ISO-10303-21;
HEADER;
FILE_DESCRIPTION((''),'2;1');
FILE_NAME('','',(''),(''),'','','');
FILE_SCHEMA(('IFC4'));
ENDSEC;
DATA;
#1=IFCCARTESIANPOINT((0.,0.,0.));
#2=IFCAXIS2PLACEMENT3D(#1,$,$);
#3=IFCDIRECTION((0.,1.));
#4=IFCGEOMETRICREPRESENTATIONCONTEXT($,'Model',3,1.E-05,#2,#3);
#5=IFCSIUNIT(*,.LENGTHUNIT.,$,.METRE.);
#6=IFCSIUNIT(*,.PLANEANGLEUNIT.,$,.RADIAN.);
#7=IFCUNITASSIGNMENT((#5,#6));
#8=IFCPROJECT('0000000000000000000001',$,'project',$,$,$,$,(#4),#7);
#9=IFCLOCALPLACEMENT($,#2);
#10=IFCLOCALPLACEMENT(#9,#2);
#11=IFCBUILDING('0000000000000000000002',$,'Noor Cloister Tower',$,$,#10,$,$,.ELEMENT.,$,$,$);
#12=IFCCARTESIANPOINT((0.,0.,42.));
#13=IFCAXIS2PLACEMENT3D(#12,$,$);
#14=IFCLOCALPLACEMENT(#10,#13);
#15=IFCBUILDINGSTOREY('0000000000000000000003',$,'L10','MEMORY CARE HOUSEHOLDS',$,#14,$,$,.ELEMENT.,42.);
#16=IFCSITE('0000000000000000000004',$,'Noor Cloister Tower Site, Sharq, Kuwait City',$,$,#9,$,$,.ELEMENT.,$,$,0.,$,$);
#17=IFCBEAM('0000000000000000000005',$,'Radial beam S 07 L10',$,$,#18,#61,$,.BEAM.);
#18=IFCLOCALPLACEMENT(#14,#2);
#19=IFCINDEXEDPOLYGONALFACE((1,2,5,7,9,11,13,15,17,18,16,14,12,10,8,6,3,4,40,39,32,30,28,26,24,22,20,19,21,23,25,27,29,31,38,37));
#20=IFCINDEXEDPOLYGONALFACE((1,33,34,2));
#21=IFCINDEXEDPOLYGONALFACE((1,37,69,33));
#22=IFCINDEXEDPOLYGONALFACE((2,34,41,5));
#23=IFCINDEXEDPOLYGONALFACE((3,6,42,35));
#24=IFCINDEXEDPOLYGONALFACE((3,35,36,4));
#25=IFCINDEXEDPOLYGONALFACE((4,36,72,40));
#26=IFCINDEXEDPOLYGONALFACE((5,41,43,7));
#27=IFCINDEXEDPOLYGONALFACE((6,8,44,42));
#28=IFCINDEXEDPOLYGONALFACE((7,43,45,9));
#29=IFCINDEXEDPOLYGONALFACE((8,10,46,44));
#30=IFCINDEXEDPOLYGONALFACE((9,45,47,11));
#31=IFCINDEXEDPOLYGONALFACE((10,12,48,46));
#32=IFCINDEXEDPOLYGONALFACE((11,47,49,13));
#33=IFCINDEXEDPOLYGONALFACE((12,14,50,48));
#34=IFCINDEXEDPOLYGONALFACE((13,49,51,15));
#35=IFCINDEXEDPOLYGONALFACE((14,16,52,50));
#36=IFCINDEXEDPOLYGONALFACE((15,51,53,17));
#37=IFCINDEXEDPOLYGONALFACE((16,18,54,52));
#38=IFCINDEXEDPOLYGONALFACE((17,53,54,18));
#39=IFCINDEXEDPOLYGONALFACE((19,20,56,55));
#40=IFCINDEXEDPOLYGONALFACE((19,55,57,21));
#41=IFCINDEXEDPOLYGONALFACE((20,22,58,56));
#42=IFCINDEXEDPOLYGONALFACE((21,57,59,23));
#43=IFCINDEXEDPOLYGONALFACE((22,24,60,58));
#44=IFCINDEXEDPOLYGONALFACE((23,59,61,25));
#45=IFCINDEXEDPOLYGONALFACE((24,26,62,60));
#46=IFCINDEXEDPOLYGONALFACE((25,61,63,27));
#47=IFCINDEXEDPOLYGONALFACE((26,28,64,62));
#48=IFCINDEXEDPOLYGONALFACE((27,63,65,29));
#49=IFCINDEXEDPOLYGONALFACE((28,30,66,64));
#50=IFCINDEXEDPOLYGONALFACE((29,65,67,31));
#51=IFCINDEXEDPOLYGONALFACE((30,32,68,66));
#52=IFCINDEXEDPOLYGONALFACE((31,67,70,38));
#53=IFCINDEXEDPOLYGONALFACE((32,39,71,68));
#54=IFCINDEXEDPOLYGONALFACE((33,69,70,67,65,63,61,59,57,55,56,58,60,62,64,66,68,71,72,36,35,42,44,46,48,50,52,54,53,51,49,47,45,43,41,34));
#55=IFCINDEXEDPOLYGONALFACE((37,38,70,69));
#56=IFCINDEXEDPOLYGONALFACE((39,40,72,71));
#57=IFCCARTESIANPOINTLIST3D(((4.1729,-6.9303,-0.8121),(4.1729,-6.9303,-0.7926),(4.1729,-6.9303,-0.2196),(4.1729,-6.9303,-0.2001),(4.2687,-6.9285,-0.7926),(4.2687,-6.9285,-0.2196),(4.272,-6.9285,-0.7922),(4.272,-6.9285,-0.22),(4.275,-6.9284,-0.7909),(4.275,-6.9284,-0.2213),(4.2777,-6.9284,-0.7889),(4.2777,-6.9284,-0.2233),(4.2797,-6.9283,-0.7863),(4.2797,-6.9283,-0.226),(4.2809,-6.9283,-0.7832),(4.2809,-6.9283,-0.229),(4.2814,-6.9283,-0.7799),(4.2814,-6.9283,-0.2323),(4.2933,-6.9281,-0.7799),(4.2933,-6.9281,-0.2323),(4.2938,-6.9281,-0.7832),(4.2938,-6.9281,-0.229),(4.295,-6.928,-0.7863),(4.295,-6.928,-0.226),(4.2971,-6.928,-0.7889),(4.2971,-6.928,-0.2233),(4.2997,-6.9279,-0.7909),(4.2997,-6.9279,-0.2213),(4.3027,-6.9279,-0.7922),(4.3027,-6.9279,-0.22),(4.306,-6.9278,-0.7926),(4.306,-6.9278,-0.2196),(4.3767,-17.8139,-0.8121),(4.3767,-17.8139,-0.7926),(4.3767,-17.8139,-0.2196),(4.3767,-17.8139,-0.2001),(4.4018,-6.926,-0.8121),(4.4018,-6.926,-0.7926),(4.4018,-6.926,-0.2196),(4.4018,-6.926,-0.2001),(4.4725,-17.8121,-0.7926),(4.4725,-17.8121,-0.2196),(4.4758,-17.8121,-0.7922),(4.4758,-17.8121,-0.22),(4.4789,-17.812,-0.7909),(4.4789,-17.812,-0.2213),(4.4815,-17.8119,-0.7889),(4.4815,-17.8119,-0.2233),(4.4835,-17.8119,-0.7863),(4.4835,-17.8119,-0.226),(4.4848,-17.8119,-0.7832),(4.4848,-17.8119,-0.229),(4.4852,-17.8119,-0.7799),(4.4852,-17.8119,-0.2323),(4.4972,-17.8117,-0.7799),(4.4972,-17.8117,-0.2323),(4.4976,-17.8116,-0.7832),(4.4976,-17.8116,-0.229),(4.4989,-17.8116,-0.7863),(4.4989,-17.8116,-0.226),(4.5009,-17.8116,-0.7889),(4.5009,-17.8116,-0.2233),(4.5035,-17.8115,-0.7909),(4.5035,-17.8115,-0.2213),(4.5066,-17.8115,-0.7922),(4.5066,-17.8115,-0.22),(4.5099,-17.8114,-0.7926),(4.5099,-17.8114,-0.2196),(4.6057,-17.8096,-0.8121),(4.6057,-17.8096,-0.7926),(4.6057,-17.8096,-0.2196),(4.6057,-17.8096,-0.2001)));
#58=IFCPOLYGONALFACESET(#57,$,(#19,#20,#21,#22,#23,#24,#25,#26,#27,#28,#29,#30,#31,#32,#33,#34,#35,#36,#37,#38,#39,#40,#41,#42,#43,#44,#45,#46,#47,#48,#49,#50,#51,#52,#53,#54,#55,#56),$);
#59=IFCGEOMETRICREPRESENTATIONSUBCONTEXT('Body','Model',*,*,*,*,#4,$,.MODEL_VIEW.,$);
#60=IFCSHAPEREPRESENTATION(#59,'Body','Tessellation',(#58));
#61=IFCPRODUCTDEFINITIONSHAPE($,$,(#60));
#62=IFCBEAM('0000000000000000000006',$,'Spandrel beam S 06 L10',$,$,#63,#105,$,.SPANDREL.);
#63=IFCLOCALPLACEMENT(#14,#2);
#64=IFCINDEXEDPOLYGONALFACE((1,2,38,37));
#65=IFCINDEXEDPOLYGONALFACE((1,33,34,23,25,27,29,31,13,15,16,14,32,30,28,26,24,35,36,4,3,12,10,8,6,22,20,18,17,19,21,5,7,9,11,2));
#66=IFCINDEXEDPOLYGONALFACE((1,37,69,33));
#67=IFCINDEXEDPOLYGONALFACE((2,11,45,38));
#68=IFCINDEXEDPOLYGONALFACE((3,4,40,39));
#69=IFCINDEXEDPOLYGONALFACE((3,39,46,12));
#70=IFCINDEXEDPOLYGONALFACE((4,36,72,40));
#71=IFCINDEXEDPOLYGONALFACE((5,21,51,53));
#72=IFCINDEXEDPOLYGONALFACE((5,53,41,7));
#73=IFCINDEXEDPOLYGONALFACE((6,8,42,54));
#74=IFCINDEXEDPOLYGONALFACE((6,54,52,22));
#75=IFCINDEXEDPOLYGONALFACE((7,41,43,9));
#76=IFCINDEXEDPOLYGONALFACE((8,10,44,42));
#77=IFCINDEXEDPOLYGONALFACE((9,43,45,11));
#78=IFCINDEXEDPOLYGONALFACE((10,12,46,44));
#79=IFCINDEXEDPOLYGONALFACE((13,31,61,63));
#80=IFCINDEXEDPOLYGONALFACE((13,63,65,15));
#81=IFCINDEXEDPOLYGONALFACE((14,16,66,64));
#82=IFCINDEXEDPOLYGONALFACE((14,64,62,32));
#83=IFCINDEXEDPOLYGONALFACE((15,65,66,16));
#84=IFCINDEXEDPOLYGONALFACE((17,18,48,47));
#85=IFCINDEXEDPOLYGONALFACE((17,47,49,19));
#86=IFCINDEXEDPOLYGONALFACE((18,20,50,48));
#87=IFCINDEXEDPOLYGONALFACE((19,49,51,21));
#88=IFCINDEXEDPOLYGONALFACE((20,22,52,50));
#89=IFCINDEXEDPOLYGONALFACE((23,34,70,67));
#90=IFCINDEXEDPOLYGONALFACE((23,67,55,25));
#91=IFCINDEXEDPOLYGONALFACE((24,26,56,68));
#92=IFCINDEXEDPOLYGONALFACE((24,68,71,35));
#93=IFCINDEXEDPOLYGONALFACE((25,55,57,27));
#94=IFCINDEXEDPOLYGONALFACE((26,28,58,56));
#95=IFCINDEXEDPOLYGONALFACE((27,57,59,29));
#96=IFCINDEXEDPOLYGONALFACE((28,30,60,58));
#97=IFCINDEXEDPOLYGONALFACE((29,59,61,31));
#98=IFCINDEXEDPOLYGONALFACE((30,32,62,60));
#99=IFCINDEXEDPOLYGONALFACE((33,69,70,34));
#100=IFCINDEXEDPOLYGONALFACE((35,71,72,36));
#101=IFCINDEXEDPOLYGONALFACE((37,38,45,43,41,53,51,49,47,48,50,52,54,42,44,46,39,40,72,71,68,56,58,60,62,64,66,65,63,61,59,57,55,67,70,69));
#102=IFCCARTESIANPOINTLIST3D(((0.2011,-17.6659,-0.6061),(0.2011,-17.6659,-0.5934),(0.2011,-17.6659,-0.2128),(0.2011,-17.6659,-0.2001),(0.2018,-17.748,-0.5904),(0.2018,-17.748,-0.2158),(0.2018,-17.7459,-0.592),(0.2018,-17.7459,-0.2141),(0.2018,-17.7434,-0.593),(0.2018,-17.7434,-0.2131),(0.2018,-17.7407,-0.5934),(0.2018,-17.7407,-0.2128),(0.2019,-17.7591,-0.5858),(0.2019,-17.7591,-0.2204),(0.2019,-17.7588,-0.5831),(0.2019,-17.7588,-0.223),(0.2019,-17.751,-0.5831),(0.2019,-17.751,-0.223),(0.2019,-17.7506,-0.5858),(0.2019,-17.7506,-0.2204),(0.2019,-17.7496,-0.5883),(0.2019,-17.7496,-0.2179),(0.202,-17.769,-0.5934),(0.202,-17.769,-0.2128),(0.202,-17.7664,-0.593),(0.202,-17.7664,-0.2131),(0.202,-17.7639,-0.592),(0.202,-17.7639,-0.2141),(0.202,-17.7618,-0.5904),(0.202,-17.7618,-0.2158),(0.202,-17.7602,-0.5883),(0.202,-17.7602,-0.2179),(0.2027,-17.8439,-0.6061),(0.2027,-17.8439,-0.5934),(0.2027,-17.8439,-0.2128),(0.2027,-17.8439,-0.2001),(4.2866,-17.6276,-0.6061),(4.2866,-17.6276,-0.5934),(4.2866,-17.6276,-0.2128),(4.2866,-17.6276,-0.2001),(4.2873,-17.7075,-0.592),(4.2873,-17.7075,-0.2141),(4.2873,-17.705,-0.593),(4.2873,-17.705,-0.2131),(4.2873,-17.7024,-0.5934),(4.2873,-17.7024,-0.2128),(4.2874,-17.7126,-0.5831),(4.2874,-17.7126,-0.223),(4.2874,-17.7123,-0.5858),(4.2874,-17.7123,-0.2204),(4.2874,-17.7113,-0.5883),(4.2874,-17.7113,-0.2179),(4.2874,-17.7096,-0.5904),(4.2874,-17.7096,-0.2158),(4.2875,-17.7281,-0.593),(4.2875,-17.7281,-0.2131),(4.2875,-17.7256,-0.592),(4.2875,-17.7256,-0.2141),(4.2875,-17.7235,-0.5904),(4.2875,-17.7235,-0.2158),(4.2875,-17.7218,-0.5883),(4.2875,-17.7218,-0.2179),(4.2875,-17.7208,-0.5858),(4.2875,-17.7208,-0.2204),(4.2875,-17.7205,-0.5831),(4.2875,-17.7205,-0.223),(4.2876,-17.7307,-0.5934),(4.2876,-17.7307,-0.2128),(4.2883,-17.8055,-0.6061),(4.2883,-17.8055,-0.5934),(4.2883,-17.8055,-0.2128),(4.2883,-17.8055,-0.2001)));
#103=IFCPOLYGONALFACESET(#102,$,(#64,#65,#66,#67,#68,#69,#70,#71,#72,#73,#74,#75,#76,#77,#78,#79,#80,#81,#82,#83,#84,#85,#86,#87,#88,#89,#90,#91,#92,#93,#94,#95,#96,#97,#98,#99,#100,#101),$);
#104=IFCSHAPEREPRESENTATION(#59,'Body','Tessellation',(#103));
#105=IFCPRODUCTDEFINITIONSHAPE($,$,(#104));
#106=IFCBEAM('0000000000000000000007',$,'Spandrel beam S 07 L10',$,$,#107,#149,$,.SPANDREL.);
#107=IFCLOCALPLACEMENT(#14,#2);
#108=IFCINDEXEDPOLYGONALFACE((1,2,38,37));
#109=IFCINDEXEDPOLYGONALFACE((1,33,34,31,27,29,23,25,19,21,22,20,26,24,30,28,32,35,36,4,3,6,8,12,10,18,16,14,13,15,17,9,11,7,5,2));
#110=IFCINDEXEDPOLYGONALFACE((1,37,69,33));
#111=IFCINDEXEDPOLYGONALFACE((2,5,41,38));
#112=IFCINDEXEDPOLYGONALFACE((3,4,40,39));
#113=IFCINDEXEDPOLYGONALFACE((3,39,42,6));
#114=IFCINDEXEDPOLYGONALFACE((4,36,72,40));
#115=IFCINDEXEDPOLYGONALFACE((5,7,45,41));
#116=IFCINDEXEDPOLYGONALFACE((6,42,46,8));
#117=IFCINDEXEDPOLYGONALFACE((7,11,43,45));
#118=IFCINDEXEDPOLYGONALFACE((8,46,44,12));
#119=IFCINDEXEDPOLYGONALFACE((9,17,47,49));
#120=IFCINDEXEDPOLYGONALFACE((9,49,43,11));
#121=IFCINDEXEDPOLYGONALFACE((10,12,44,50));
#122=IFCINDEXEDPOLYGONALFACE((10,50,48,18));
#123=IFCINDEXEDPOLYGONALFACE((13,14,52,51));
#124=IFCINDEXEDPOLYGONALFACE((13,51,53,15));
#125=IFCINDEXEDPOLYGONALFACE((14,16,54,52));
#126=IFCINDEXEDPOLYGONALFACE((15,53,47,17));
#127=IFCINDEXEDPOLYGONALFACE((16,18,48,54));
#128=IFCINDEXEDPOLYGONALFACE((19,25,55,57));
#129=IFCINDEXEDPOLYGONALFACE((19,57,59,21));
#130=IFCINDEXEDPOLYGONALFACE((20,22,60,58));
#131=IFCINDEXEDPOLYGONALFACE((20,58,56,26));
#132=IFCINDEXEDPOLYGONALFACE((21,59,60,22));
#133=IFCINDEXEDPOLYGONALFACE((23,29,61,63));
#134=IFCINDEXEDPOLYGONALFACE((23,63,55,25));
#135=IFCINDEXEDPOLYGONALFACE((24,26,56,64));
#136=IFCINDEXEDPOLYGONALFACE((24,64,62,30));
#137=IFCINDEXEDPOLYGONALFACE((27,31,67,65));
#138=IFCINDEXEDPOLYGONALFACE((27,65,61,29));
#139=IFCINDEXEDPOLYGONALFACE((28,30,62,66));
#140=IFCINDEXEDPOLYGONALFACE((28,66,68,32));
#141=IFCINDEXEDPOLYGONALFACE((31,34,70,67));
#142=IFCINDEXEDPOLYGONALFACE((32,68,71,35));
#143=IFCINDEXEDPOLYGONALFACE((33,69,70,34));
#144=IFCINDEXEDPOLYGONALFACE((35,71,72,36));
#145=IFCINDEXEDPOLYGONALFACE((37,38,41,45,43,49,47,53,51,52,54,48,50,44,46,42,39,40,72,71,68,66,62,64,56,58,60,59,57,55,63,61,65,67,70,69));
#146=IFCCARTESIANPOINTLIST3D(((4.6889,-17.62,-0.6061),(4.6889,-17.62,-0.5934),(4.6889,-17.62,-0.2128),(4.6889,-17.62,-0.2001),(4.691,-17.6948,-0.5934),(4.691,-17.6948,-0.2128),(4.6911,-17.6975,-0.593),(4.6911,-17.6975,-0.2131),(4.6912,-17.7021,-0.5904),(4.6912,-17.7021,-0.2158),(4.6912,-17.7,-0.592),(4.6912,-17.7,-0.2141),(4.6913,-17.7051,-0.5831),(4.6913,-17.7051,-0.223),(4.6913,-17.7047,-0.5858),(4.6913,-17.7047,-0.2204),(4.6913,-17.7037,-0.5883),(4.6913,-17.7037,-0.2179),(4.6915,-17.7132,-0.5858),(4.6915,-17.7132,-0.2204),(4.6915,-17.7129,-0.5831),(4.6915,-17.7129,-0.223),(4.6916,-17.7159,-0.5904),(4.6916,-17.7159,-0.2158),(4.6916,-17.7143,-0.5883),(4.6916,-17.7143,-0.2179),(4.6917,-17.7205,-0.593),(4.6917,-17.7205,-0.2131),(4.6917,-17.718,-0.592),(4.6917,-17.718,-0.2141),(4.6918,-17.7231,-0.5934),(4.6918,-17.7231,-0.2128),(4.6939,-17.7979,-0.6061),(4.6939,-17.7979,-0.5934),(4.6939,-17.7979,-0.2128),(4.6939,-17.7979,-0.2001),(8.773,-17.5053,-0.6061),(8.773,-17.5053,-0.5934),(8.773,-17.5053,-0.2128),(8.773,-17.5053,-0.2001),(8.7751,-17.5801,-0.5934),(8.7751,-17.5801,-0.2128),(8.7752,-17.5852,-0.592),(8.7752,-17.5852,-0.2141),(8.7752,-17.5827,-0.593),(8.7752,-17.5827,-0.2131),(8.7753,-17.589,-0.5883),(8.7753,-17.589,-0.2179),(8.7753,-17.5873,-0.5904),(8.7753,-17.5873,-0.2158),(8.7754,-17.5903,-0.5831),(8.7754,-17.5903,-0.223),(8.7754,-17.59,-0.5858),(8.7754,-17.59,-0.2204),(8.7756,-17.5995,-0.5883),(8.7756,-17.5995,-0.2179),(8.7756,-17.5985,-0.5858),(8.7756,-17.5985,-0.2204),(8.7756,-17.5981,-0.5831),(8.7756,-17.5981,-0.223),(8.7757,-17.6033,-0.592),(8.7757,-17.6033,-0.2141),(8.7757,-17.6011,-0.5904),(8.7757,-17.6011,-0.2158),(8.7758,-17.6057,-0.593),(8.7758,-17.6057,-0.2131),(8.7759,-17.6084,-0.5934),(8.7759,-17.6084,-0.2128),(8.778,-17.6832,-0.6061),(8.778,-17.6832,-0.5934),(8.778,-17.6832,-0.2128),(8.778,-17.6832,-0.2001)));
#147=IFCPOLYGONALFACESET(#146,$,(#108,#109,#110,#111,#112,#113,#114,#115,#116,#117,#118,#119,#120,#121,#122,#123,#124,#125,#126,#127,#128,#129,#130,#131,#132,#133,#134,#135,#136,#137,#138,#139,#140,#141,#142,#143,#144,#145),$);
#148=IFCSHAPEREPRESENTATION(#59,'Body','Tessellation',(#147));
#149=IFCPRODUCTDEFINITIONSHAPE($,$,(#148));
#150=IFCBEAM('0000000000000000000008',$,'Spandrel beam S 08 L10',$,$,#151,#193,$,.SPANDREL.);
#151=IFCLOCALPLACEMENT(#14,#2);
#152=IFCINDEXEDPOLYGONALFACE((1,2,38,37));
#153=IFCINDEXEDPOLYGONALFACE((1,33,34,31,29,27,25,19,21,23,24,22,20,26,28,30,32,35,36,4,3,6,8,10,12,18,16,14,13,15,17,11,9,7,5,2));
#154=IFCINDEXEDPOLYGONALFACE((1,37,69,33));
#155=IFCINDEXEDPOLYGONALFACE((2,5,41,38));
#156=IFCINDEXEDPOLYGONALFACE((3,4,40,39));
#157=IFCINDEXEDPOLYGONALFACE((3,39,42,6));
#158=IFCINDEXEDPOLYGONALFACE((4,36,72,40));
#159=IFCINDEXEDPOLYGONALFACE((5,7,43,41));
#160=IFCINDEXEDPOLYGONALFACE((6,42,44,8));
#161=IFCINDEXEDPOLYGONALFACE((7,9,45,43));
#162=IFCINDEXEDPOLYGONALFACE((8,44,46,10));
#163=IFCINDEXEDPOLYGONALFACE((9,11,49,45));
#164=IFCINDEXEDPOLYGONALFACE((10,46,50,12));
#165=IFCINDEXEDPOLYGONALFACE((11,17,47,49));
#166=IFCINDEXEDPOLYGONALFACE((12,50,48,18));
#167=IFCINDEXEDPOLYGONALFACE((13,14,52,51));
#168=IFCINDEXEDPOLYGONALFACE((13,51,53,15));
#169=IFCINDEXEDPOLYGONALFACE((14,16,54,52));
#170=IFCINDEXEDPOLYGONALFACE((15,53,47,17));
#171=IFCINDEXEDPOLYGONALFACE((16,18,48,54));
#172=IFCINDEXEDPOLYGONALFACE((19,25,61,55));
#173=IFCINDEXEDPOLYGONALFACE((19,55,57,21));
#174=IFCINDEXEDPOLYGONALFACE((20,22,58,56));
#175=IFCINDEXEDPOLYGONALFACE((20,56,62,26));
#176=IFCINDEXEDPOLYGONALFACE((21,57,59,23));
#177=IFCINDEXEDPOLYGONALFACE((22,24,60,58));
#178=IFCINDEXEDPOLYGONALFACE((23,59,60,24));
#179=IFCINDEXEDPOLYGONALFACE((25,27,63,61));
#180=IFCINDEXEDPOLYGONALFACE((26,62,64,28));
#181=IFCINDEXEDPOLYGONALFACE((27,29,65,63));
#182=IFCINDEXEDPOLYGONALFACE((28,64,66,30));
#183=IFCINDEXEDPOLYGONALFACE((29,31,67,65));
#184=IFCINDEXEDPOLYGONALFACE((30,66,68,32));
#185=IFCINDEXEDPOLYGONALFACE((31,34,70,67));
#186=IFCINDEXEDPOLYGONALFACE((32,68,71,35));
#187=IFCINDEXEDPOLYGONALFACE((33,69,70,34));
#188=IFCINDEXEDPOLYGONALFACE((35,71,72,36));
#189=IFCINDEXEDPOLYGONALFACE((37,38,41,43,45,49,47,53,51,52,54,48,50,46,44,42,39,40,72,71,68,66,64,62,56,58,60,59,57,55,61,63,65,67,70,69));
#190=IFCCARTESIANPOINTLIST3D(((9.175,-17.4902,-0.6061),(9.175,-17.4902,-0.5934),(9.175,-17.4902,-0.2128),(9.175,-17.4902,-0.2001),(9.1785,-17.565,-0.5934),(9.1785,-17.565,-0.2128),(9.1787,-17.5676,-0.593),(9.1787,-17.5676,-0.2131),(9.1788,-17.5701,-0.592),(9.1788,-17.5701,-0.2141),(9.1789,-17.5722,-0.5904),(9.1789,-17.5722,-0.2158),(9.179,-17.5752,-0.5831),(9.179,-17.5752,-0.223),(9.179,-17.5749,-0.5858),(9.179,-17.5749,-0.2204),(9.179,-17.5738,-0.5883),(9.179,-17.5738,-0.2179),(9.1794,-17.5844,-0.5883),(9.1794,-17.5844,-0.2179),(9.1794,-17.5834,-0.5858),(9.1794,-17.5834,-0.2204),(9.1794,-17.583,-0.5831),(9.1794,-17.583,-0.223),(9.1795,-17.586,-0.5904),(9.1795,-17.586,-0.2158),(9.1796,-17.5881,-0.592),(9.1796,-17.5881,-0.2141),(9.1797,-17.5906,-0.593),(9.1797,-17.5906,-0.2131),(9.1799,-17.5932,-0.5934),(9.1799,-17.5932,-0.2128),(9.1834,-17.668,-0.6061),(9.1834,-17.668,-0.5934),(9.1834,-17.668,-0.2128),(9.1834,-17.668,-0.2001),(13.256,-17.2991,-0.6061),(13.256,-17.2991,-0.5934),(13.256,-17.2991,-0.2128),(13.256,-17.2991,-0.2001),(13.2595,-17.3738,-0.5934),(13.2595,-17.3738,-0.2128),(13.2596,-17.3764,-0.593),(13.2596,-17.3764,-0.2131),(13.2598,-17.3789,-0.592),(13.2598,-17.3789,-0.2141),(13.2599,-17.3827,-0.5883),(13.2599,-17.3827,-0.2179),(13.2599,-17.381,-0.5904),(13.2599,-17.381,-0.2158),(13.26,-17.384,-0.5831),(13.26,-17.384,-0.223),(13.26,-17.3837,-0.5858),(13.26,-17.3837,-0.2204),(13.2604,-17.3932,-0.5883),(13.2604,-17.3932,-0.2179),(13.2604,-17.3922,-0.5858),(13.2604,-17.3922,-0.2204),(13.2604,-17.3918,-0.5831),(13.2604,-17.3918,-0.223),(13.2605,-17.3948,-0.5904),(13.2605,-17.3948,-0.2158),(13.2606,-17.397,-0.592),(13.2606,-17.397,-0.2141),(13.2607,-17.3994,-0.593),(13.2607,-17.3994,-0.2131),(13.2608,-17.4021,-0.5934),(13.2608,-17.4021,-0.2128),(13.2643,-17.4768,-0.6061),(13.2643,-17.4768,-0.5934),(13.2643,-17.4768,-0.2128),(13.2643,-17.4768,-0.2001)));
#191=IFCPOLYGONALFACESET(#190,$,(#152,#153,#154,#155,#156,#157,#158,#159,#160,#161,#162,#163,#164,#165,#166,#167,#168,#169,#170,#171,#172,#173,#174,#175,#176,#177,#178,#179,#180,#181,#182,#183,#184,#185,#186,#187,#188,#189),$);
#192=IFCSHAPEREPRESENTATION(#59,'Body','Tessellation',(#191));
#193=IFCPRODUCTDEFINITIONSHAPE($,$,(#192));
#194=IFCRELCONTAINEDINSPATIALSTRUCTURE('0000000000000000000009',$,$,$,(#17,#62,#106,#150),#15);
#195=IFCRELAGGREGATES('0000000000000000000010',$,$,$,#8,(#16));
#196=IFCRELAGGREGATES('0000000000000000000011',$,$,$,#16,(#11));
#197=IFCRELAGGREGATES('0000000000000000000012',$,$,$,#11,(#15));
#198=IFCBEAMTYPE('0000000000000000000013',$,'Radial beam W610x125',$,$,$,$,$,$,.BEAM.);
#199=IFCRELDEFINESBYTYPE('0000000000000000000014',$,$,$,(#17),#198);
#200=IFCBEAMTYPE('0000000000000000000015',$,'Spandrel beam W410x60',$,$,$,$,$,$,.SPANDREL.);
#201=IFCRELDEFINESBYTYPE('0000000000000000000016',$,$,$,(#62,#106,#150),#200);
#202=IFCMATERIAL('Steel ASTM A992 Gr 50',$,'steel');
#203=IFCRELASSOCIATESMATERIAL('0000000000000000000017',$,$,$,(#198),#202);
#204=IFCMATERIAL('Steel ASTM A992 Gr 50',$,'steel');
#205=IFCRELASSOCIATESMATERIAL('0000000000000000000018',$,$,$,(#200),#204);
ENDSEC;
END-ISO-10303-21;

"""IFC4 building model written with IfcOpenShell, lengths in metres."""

from ifc_helpers import new_model, si_unit, direction, frame, origin, origin_2d, place, context, subcontext, project, spatial, i_section, extrude, material, material_profile, profile_set, type_object, element, save


model = new_model("IFC4")

# Units and contexts
model_context = context("Model", 3, precision=1e-05, world=origin(), true_north=direction((0.0, 1.0)))
body_context = subcontext(model_context, "Body", "Model", "MODEL_VIEW")
ifc_project = project(units=[si_unit("LENGTHUNIT", "METRE"), si_unit("PLANEANGLEUNIT", "RADIAN")], contexts=[model_context])

# Site, building, storey
site_placement = place(None, origin())
site = spatial("IfcSite", under=ifc_project, at=site_placement, Name="Noor Cloister Tower Site, Sharq, Kuwait City", CompositionType="ELEMENT", RefElevation=0.0)
building_placement = place(site_placement, origin())
building = spatial("IfcBuilding", under=site, at=building_placement, Name="Noor Cloister Tower", CompositionType="ELEMENT")
storey_placement = place(building_placement, frame((0.0, 0.0, 42.0)))
storey = spatial("IfcBuildingStorey", under=building, at=storey_placement, Name="L10", Description="MEMORY CARE HOUSEHOLDS", CompositionType="ELEMENT", Elevation=42.0)

# Beams
ifc_material_1 = material(Name="Steel ASTM A992 Gr 50", Category="steel")
ifc_material_profile_1 = material_profile(ifc_material_1, i_section(OverallWidth=0.229, OverallDepth=0.6121, WebThickness=0.012, FlangeThickness=0.0195, FilletRadius=0.0127, at=origin_2d()), Name="W610x125")
ifc_profile_set_1 = profile_set([ifc_material_profile_1], Name="Steel ASTM A992 Gr 50")
beam_type_1 = type_object("IfcBeamType", Name="Radial beam W610x125", PredefinedType="BEAM", material=ifc_profile_set_1)
beam_1_placement = place(storey_placement, frame((4.4912, -17.8118, -0.5061), z_axis=(-0.018728, 0.999825, 0.0), x_axis=(-0.999825, -0.018728, 0.0)))
element("IfcBeam", 1, at=beam_1_placement, inside=storey, type_object=beam_type_1, Name="Radial beam S 07 L10", PredefinedType="BEAM", context=body_context, shape_type="SweptSolid", body=[
    extrude(i_section(OverallWidth=0.229, OverallDepth=0.6121, WebThickness=0.012, FlangeThickness=0.0195, FilletRadius=0.0127, at=origin_2d()), origin(), (0.0, 0.0, 1.0), 10.8855),
])
ifc_material_2 = material(Name="Steel ASTM A992 Gr 50", Category="steel")
ifc_material_profile_2 = material_profile(ifc_material_2, i_section(OverallWidth=0.178, OverallDepth=0.406, WebThickness=0.0078, FlangeThickness=0.0127, FilletRadius=0.0103, at=origin_2d()), Name="W410x60")
ifc_profile_set_2 = profile_set([ifc_material_profile_2], Name="Steel ASTM A992 Gr 50")
beam_type_2 = type_object("IfcBeamType", Name="Spandrel beam W410x60", PredefinedType="SPANDREL", material=ifc_profile_set_2)
for number, where, z_axis, x_axis, name in (
    (2, (0.2019, -17.7549, -0.4031), (0.999956, 0.009382, 0.0), (-0.009382, 0.999956, 0.0), "Spandrel beam S 06 L10"),
    (3, (4.6914, -17.709, -0.4031), (0.999606, 0.028086, 0.0), (-0.028086, 0.999606, 0.0), "Spandrel beam S 07 L10"),
):
    element("IfcBeam", number, at=place(storey_placement, frame(where, z_axis=z_axis, x_axis=x_axis)), inside=storey, type_object=beam_type_2, Name=name, PredefinedType="SPANDREL", context=body_context, shape_type="SweptSolid", body=[
        extrude(i_section(OverallWidth=0.178, OverallDepth=0.406, WebThickness=0.0078, FlangeThickness=0.0127, FilletRadius=0.0103, at=origin_2d()), origin(), (0.0, 0.0, 1.0), 4.0857),
    ])
beam_2_placement = place(storey_placement, frame((9.1792, -17.5791, -0.4031), z_axis=(0.998905, 0.04679, 0.0), x_axis=(-0.04679, 0.998905, 0.0)))
element("IfcBeam", 4, at=beam_2_placement, inside=storey, type_object=beam_type_2, Name="Spandrel beam S 08 L10", PredefinedType="SPANDREL", context=body_context, shape_type="SweptSolid", body=[
    extrude(i_section(OverallWidth=0.178, OverallDepth=0.406, WebThickness=0.0078, FlangeThickness=0.0127, FilletRadius=0.0103, at=origin_2d()), origin(), (0.0, 0.0, 1.0), 4.0854),
])

save(model, "model.ifc")
